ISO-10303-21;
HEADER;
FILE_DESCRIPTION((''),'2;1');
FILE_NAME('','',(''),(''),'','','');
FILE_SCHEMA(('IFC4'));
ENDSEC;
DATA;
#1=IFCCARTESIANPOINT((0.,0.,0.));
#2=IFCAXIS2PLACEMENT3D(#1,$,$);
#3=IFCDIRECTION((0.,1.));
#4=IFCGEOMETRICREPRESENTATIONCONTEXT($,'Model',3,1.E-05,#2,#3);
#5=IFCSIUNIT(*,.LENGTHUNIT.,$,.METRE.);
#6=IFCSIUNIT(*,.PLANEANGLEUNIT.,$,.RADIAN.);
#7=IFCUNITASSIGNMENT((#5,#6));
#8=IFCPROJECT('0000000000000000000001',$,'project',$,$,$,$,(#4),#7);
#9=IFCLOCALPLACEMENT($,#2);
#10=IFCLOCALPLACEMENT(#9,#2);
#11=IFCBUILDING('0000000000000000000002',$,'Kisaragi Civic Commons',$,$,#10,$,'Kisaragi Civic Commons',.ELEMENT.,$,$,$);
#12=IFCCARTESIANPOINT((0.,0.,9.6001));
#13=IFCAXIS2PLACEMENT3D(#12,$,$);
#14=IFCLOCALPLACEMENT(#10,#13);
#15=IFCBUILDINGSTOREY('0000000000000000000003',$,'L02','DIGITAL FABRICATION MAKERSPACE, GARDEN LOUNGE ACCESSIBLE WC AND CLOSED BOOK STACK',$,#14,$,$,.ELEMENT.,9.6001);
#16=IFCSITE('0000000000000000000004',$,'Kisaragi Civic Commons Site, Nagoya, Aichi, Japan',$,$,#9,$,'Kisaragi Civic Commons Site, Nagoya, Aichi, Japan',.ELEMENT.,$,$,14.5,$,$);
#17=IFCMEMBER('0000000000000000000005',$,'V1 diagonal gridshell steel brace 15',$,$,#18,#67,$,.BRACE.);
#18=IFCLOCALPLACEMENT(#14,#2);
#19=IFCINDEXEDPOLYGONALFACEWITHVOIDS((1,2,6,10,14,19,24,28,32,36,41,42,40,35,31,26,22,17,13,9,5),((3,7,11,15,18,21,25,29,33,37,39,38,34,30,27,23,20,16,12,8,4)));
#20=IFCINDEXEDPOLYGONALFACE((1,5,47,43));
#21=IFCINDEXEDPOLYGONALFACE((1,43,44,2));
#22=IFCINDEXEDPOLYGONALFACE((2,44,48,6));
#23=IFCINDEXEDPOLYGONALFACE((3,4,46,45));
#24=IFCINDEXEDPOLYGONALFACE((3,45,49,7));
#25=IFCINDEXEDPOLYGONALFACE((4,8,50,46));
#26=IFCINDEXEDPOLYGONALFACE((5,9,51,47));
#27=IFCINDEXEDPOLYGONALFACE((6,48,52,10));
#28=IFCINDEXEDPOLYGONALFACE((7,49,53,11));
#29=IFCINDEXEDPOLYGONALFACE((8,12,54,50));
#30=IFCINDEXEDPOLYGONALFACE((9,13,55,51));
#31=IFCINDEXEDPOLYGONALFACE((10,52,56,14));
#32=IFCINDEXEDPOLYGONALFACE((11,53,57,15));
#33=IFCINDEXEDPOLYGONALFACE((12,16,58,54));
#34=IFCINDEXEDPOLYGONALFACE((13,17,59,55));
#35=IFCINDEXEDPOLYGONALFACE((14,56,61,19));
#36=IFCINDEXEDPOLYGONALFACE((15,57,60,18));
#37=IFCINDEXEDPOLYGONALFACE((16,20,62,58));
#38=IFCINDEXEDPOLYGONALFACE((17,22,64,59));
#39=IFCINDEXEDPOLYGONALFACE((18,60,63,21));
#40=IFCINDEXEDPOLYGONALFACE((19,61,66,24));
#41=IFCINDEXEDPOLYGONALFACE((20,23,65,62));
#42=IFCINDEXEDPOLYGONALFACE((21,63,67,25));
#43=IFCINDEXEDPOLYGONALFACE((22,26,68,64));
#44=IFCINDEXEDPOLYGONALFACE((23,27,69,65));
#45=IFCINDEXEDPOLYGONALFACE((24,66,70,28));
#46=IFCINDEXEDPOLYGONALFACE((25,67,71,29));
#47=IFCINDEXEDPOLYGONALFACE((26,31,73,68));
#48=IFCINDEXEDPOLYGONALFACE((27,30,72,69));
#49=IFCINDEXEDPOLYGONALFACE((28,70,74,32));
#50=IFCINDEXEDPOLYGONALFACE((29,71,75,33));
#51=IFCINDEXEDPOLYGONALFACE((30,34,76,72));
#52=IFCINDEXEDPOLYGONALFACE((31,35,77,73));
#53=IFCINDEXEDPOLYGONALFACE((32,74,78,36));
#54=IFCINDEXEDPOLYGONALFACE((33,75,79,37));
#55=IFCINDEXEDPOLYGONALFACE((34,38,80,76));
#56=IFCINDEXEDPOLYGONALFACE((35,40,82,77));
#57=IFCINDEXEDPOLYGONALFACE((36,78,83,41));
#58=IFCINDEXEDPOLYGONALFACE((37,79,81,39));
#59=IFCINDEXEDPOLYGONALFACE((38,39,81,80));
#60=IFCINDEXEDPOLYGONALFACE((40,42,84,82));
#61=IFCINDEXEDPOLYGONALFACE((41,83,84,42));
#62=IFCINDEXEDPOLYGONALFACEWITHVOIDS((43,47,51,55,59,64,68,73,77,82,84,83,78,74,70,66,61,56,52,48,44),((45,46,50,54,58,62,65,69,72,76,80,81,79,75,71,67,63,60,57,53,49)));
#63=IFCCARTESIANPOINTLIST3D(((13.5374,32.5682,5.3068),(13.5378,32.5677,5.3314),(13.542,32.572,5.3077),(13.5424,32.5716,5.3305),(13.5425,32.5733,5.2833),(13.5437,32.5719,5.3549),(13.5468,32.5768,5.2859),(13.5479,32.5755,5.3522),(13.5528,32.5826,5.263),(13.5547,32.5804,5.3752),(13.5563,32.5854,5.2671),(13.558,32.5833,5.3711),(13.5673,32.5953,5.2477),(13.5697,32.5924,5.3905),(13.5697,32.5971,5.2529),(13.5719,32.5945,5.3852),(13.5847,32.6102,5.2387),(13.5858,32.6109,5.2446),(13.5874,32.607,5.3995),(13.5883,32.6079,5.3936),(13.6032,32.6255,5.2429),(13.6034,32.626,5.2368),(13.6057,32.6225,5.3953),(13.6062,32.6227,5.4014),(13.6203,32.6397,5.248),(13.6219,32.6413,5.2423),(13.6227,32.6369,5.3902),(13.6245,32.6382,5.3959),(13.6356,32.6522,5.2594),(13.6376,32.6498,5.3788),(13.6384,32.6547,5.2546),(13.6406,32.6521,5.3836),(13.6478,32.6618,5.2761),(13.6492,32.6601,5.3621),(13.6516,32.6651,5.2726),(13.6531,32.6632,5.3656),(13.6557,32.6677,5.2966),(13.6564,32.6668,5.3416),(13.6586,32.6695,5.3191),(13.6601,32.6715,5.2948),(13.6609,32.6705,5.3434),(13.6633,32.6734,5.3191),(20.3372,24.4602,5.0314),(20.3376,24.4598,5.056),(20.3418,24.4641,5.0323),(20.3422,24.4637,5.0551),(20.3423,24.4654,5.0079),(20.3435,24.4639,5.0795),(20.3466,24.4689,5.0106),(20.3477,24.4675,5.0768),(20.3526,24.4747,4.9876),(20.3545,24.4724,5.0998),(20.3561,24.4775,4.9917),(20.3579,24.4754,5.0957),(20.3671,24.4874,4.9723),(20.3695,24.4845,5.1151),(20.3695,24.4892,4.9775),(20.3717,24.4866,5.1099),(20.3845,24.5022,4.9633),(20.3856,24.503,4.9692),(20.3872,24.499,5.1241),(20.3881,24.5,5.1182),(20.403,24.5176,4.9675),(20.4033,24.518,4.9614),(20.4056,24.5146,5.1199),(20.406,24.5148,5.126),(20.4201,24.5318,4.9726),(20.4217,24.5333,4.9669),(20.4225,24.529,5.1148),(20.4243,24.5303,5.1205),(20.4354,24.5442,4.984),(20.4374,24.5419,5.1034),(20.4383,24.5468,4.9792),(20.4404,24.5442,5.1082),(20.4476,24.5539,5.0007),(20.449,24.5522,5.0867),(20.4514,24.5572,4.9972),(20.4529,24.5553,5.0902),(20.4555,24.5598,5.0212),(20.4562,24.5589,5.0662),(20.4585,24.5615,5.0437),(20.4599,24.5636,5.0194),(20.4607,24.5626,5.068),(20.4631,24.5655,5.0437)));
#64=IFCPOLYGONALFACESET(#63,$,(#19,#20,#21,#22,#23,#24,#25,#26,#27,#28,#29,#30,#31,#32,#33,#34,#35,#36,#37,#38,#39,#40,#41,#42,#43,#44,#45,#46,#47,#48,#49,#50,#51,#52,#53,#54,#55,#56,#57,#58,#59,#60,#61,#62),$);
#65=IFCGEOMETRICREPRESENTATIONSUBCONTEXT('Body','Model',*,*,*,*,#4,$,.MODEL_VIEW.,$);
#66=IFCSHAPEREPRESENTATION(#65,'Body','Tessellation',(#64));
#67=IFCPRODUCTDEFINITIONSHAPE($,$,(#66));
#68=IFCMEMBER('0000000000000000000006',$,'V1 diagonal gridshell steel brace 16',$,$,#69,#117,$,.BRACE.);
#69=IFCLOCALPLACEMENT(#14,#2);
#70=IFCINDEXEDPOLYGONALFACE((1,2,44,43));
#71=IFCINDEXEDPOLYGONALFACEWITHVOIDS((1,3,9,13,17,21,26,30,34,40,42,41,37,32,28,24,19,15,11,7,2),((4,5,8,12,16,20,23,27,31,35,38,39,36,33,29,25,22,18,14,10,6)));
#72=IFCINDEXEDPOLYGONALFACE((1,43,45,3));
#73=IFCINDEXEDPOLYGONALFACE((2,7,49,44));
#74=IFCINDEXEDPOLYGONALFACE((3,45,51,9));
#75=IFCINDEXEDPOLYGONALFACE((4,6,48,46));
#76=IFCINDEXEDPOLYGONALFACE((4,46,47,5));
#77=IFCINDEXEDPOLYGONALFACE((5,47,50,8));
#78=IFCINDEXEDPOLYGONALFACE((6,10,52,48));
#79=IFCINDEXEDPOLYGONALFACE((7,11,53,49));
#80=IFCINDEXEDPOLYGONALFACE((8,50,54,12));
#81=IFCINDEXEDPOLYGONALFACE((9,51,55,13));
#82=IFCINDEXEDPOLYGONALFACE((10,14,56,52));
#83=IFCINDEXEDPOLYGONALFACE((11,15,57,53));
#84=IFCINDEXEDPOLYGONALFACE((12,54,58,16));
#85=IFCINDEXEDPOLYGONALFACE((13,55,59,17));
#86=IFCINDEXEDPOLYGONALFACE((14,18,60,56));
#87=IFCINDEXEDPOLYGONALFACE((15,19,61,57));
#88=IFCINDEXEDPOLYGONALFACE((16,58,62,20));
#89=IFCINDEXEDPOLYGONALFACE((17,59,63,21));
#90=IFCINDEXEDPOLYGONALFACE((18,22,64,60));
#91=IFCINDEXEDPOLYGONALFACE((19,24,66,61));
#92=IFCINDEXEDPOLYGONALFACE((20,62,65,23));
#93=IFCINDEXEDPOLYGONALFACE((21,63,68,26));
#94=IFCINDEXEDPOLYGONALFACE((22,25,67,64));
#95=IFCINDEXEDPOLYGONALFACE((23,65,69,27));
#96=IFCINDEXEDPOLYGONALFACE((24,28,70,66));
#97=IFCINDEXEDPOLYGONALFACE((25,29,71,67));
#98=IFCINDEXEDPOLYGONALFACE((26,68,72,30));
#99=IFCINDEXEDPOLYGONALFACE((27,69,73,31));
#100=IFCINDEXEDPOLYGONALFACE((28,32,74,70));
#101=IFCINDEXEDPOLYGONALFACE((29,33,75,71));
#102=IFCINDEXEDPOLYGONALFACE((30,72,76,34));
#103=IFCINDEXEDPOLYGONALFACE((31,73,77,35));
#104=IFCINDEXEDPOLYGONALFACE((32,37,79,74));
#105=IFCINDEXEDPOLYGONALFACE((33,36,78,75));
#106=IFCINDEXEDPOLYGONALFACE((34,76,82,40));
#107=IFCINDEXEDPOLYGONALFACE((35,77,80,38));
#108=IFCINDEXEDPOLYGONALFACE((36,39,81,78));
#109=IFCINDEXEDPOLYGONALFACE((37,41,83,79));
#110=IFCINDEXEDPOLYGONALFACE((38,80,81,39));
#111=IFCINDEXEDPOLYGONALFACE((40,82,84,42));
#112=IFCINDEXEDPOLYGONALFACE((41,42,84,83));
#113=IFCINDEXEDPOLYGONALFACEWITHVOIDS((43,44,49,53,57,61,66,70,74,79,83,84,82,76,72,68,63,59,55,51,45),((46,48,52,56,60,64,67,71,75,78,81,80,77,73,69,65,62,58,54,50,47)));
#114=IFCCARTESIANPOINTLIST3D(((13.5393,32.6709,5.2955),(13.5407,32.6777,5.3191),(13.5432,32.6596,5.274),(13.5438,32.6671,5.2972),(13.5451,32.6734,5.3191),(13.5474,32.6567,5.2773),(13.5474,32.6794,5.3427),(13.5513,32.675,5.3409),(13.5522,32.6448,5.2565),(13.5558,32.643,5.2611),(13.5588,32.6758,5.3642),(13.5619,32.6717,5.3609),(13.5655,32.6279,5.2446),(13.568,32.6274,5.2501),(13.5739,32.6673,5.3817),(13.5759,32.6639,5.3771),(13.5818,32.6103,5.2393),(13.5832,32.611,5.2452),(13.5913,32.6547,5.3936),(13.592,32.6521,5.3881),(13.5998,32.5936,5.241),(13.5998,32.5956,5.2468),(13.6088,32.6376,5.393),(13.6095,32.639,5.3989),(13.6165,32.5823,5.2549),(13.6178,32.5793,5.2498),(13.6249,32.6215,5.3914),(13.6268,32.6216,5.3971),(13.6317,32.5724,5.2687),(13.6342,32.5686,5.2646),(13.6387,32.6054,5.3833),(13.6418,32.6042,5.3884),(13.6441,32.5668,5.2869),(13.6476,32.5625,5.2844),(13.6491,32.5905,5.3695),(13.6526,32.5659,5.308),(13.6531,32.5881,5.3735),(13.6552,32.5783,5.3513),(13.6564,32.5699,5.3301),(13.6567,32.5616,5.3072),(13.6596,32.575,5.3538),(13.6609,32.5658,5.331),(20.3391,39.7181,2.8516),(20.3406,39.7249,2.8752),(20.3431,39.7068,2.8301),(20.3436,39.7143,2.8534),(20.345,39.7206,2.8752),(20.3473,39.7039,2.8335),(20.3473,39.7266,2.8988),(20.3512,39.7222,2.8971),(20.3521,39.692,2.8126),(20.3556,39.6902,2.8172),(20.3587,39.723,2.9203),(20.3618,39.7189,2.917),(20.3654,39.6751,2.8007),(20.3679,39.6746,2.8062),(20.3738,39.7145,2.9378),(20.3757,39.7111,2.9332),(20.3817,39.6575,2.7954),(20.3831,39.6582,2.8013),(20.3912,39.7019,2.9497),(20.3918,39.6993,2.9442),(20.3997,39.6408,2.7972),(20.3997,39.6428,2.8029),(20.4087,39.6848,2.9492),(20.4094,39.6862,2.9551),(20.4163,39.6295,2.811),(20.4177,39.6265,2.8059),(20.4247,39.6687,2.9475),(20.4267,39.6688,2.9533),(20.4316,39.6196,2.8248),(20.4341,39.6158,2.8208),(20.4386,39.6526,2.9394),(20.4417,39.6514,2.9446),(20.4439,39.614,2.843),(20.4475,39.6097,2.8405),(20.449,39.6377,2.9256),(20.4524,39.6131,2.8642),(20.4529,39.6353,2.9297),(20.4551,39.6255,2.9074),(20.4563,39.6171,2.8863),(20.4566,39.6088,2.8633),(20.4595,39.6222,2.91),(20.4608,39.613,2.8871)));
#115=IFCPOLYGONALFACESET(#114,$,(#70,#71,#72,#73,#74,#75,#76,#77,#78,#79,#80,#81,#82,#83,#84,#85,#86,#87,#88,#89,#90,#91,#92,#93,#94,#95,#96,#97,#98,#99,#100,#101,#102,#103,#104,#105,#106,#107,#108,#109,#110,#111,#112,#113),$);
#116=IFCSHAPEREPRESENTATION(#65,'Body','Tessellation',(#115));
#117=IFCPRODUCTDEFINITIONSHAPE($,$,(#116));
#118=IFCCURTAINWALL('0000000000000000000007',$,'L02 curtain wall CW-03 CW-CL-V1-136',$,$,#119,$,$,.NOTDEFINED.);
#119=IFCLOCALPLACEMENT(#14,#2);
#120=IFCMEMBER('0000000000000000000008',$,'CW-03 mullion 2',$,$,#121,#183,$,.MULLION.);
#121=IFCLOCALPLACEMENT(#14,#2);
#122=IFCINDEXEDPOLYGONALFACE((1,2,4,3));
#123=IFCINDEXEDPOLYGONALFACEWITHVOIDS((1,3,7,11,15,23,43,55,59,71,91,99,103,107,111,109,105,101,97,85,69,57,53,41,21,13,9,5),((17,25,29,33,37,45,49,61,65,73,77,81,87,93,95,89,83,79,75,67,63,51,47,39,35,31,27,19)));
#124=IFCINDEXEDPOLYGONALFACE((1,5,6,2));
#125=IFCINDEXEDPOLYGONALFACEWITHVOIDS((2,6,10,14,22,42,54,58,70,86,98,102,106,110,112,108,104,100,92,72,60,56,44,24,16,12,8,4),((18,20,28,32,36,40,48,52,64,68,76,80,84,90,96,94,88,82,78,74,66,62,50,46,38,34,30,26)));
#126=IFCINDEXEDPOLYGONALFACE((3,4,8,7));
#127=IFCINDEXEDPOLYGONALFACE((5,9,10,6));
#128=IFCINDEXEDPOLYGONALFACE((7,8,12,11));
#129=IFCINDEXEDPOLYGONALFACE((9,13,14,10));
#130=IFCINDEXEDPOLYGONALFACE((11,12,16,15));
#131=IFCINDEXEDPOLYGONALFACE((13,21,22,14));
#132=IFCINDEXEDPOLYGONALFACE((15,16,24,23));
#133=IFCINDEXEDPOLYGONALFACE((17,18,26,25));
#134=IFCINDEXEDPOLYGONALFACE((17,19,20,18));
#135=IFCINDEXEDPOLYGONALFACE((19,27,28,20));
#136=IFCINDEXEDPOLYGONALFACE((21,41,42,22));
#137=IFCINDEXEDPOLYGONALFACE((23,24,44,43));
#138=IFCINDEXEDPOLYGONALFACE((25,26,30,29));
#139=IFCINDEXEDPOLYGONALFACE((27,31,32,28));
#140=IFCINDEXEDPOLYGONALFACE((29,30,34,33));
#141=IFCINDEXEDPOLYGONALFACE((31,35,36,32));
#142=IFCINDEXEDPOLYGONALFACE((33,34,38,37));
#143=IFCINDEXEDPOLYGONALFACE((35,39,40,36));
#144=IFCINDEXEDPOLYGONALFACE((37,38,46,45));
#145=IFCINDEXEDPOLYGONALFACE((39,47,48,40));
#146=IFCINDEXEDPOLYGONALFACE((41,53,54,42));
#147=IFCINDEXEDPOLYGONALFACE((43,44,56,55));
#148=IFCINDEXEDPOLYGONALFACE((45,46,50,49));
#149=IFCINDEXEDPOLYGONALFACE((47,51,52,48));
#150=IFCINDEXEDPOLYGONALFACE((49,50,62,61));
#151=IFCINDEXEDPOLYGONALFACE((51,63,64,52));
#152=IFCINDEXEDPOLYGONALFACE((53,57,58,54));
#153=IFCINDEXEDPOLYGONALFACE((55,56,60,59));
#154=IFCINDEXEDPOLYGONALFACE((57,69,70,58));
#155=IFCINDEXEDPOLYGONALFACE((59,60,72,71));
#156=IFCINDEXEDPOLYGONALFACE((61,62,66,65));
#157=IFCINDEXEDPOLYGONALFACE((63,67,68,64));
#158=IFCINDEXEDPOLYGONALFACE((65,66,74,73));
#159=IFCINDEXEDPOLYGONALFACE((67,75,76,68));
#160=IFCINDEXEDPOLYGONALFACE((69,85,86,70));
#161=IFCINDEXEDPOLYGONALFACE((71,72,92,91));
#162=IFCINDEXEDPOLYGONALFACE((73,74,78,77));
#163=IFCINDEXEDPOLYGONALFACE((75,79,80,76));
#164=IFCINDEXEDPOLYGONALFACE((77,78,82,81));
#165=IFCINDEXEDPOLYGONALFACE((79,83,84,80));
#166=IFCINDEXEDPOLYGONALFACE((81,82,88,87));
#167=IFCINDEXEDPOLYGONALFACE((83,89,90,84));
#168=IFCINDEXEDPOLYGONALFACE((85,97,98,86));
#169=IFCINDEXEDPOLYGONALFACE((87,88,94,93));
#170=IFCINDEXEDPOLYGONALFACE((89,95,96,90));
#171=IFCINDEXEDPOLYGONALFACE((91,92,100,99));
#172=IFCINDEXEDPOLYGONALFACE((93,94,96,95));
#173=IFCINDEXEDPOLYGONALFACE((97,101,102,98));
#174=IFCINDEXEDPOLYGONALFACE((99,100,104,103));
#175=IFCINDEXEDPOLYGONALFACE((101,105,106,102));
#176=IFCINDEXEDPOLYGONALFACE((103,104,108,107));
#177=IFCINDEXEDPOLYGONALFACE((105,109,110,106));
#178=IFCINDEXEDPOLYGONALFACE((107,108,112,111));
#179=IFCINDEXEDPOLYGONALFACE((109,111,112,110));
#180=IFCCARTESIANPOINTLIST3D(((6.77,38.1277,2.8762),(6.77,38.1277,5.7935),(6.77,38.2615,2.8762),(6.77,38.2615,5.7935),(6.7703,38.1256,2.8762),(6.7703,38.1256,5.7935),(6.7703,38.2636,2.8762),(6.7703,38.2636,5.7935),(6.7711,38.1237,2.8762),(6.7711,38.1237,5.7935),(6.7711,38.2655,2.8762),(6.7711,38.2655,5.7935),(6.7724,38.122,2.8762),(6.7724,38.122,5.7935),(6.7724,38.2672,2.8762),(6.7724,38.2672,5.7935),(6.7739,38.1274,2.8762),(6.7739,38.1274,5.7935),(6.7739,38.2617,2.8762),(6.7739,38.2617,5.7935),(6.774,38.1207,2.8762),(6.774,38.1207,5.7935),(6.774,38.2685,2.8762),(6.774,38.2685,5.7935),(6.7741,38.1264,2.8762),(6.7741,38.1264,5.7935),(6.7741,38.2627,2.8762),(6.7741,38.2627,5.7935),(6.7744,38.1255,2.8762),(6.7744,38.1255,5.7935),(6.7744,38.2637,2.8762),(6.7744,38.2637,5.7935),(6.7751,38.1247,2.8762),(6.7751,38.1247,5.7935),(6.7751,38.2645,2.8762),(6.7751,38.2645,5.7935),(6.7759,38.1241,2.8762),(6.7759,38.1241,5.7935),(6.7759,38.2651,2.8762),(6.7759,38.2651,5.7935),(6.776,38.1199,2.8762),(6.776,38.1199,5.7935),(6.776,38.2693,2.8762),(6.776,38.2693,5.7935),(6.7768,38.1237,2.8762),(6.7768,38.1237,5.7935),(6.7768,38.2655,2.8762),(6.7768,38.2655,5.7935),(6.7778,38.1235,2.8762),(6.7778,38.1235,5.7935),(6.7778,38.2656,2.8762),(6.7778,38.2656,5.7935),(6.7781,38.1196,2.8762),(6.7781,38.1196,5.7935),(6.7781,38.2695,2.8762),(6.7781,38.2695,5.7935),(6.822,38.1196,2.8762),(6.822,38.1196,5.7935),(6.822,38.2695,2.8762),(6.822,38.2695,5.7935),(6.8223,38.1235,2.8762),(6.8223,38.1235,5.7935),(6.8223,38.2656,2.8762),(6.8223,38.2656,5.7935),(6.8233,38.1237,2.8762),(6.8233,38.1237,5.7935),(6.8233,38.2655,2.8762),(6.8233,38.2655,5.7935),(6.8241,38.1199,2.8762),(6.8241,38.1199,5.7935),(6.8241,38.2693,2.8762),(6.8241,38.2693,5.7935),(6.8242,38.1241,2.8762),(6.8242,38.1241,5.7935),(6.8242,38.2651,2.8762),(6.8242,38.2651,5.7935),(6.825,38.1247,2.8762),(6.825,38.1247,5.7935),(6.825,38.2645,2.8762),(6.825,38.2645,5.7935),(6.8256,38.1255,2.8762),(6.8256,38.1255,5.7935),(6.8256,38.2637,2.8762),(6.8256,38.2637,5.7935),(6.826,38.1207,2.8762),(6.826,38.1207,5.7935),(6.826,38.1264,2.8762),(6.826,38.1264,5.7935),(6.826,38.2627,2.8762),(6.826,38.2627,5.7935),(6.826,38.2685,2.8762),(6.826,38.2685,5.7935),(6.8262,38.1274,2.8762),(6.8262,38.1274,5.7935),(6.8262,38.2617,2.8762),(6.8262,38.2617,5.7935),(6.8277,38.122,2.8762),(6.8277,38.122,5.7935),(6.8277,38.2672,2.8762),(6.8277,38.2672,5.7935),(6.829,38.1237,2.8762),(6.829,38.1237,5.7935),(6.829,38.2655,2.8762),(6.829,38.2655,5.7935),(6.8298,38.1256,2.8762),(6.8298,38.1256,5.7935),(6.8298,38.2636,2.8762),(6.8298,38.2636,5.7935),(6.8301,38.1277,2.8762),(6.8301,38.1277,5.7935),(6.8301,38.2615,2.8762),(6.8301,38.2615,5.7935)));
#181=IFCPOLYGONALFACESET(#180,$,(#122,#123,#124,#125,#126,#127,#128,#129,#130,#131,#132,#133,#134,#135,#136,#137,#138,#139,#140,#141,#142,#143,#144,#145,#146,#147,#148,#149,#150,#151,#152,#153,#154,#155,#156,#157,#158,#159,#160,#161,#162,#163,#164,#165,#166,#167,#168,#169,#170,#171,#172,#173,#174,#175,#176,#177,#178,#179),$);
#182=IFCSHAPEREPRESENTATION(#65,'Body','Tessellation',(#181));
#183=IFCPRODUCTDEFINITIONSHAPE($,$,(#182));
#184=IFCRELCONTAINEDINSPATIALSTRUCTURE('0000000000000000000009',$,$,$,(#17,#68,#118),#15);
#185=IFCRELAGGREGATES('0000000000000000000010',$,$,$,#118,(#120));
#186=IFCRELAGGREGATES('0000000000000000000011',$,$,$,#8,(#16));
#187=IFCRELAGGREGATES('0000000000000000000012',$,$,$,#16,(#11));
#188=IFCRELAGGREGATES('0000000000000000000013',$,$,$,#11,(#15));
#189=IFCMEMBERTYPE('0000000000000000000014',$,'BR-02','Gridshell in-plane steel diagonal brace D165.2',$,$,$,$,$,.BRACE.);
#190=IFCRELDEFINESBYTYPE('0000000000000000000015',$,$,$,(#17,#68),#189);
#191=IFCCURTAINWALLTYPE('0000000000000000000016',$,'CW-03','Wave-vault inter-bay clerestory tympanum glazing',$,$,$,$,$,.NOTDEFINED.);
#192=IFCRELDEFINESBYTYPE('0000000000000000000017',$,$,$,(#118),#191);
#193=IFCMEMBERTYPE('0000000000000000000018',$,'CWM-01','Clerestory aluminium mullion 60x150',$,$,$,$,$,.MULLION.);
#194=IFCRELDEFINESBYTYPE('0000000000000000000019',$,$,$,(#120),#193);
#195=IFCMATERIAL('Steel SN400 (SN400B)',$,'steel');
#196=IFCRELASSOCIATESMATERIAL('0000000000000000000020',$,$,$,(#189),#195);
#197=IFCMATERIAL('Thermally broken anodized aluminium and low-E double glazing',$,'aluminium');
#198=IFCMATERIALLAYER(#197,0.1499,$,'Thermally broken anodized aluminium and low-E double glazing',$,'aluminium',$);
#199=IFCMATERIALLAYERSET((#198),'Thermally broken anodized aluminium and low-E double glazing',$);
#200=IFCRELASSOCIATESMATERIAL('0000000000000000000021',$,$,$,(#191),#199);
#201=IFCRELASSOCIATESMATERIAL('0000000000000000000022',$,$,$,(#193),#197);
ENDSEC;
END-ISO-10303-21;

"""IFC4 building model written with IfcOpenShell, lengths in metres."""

from ifc_helpers import new_model, si_unit, direction, frame, origin, origin_2d, place, context, subcontext, project, spatial, hollow_rectangle, hollow_circle, extrude, material, layer, layer_set, material_profile, profile_set, type_object, element, aggregate, save


model = new_model("IFC4")

# Units and contexts
model_context = context("Model", 3, precision=1e-05, world=origin(), true_north=direction((0.0, 1.0)))
body_context = subcontext(model_context, "Body", "Model", "MODEL_VIEW")
ifc_project = project(units=[si_unit("LENGTHUNIT", "METRE"), si_unit("PLANEANGLEUNIT", "RADIAN")], contexts=[model_context])

# Site, building, storey
site_placement = place(None, origin())
site = spatial("IfcSite", under=ifc_project, at=site_placement, Name="Kisaragi Civic Commons Site, Nagoya, Aichi, Japan", LongName="Kisaragi Civic Commons Site, Nagoya, Aichi, Japan", CompositionType="ELEMENT", RefElevation=14.5)
building_placement = place(site_placement, origin())
building = spatial("IfcBuilding", under=site, at=building_placement, Name="Kisaragi Civic Commons", LongName="Kisaragi Civic Commons", CompositionType="ELEMENT")
storey_placement = place(building_placement, frame((0.0, 0.0, 9.6001)))
storey = spatial("IfcBuildingStorey", under=building, at=storey_placement, Name="L02", Description="DIGITAL FABRICATION MAKERSPACE, GARDEN LOUNGE ACCESSIBLE WC AND CLOSED BOOK STACK", CompositionType="ELEMENT", Elevation=9.6001)

# Members
ifc_material_1 = material(Name="Steel SN400 (SN400B)", Category="steel")
ifc_material_profile_1 = material_profile(ifc_material_1, hollow_circle(Radius=0.0825, WallThickness=0.0061, at=origin_2d()), Name="CHS-165.2x6.0", Category="steel")
ifc_profile_set_1 = profile_set([ifc_material_profile_1], Name="Steel SN400 (SN400B)")
member_type_1 = type_object("IfcMemberType", Name="BR-02", Description="Gridshell in-plane steel diagonal brace D165.2", PredefinedType="BRACE", material=ifc_profile_set_1)
member_1_placement = place(storey_placement, frame((13.6001, 32.6204, 5.3191), z_axis=(0.642374, -0.76595, -0.026016), x_axis=(0.766209, 0.642591, 0.0)))
element("IfcMember", 1, at=member_1_placement, inside=storey, type_object=member_type_1, Name="V1 diagonal gridshell steel brace 15", PredefinedType="BRACE", context=body_context, shape_type="SweptSolid", body=[
    extrude(hollow_circle(Radius=0.0825, WallThickness=0.0061, at=origin_2d()), origin(), (0.0, 0.0, 1.0), 10.5854),
])
member_2_placement = place(storey_placement, frame((13.6001, 32.6204, 5.3191), z_axis=(0.673705, 0.698208, -0.242129), x_axis=(-0.719621, 0.694367, 0.0)))
element("IfcMember", 2, at=member_2_placement, inside=storey, type_object=member_type_1, Name="V1 diagonal gridshell steel brace 16", PredefinedType="BRACE", context=body_context, shape_type="SweptSolid", body=[
    extrude(hollow_circle(Radius=0.0825, WallThickness=0.0061, at=origin_2d()), origin(), (0.0, 0.0, 1.0), 10.0933),
])

# Curtain wall, member
ifc_material_2 = material(Name="Thermally broken anodized aluminium and low-E double glazing", Category="aluminium")
ifc_layer_1 = layer(ifc_material_2, 0.1499, Name="Thermally broken anodized aluminium and low-E double glazing", Category="aluminium")
ifc_layer_set_1 = layer_set([ifc_layer_1], Name="Thermally broken anodized aluminium and low-E double glazing")
curtain_wall_type = type_object("IfcCurtainWallType", Name="CW-03", Description="Wave-vault inter-bay clerestory tympanum glazing", PredefinedType="NOTDEFINED", material=ifc_layer_set_1)
curtain_wall_1_placement = place(storey_placement, origin())
curtain_wall_1 = element("IfcCurtainWall", 3, at=curtain_wall_1_placement, inside=storey, type_object=curtain_wall_type, Name="L02 curtain wall CW-03 CW-CL-V1-136", PredefinedType="NOTDEFINED")
ifc_material_profile_2 = material_profile(ifc_material_2, hollow_rectangle(XDim=0.0601, YDim=0.1499, WallThickness=0.0039, InnerFilletRadius=0.0039, OuterFilletRadius=0.0081, at=origin_2d()), Name="CWM-60x150x4", Category="aluminium")
ifc_profile_set_2 = profile_set([ifc_material_profile_2], Name="Thermally broken anodized aluminium and low-E double glazing")
member_type_2 = type_object("IfcMemberType", Name="CWM-01", Description="Clerestory aluminium mullion 60x150", PredefinedType="MULLION", material=ifc_profile_set_2)
member_3_placement = place(storey_placement, frame((6.8, 38.1946, 2.8762), z_axis=(0.0, 0.0, 1.0), x_axis=(-1.0, 0.0, 0.0)))
member_3 = element("IfcMember", 4, at=member_3_placement, type_object=member_type_2, Name="CW-03 mullion 2", PredefinedType="MULLION", context=body_context, shape_type="SweptSolid", body=[
    extrude(hollow_rectangle(XDim=0.0601, YDim=0.1499, WallThickness=0.0039, InnerFilletRadius=0.0039, OuterFilletRadius=0.0081, at=origin_2d()), origin(), (0.0, 0.0, 1.0), 2.9172),
])

aggregate(curtain_wall_1, [member_3])

save(model, "model.ifc")
